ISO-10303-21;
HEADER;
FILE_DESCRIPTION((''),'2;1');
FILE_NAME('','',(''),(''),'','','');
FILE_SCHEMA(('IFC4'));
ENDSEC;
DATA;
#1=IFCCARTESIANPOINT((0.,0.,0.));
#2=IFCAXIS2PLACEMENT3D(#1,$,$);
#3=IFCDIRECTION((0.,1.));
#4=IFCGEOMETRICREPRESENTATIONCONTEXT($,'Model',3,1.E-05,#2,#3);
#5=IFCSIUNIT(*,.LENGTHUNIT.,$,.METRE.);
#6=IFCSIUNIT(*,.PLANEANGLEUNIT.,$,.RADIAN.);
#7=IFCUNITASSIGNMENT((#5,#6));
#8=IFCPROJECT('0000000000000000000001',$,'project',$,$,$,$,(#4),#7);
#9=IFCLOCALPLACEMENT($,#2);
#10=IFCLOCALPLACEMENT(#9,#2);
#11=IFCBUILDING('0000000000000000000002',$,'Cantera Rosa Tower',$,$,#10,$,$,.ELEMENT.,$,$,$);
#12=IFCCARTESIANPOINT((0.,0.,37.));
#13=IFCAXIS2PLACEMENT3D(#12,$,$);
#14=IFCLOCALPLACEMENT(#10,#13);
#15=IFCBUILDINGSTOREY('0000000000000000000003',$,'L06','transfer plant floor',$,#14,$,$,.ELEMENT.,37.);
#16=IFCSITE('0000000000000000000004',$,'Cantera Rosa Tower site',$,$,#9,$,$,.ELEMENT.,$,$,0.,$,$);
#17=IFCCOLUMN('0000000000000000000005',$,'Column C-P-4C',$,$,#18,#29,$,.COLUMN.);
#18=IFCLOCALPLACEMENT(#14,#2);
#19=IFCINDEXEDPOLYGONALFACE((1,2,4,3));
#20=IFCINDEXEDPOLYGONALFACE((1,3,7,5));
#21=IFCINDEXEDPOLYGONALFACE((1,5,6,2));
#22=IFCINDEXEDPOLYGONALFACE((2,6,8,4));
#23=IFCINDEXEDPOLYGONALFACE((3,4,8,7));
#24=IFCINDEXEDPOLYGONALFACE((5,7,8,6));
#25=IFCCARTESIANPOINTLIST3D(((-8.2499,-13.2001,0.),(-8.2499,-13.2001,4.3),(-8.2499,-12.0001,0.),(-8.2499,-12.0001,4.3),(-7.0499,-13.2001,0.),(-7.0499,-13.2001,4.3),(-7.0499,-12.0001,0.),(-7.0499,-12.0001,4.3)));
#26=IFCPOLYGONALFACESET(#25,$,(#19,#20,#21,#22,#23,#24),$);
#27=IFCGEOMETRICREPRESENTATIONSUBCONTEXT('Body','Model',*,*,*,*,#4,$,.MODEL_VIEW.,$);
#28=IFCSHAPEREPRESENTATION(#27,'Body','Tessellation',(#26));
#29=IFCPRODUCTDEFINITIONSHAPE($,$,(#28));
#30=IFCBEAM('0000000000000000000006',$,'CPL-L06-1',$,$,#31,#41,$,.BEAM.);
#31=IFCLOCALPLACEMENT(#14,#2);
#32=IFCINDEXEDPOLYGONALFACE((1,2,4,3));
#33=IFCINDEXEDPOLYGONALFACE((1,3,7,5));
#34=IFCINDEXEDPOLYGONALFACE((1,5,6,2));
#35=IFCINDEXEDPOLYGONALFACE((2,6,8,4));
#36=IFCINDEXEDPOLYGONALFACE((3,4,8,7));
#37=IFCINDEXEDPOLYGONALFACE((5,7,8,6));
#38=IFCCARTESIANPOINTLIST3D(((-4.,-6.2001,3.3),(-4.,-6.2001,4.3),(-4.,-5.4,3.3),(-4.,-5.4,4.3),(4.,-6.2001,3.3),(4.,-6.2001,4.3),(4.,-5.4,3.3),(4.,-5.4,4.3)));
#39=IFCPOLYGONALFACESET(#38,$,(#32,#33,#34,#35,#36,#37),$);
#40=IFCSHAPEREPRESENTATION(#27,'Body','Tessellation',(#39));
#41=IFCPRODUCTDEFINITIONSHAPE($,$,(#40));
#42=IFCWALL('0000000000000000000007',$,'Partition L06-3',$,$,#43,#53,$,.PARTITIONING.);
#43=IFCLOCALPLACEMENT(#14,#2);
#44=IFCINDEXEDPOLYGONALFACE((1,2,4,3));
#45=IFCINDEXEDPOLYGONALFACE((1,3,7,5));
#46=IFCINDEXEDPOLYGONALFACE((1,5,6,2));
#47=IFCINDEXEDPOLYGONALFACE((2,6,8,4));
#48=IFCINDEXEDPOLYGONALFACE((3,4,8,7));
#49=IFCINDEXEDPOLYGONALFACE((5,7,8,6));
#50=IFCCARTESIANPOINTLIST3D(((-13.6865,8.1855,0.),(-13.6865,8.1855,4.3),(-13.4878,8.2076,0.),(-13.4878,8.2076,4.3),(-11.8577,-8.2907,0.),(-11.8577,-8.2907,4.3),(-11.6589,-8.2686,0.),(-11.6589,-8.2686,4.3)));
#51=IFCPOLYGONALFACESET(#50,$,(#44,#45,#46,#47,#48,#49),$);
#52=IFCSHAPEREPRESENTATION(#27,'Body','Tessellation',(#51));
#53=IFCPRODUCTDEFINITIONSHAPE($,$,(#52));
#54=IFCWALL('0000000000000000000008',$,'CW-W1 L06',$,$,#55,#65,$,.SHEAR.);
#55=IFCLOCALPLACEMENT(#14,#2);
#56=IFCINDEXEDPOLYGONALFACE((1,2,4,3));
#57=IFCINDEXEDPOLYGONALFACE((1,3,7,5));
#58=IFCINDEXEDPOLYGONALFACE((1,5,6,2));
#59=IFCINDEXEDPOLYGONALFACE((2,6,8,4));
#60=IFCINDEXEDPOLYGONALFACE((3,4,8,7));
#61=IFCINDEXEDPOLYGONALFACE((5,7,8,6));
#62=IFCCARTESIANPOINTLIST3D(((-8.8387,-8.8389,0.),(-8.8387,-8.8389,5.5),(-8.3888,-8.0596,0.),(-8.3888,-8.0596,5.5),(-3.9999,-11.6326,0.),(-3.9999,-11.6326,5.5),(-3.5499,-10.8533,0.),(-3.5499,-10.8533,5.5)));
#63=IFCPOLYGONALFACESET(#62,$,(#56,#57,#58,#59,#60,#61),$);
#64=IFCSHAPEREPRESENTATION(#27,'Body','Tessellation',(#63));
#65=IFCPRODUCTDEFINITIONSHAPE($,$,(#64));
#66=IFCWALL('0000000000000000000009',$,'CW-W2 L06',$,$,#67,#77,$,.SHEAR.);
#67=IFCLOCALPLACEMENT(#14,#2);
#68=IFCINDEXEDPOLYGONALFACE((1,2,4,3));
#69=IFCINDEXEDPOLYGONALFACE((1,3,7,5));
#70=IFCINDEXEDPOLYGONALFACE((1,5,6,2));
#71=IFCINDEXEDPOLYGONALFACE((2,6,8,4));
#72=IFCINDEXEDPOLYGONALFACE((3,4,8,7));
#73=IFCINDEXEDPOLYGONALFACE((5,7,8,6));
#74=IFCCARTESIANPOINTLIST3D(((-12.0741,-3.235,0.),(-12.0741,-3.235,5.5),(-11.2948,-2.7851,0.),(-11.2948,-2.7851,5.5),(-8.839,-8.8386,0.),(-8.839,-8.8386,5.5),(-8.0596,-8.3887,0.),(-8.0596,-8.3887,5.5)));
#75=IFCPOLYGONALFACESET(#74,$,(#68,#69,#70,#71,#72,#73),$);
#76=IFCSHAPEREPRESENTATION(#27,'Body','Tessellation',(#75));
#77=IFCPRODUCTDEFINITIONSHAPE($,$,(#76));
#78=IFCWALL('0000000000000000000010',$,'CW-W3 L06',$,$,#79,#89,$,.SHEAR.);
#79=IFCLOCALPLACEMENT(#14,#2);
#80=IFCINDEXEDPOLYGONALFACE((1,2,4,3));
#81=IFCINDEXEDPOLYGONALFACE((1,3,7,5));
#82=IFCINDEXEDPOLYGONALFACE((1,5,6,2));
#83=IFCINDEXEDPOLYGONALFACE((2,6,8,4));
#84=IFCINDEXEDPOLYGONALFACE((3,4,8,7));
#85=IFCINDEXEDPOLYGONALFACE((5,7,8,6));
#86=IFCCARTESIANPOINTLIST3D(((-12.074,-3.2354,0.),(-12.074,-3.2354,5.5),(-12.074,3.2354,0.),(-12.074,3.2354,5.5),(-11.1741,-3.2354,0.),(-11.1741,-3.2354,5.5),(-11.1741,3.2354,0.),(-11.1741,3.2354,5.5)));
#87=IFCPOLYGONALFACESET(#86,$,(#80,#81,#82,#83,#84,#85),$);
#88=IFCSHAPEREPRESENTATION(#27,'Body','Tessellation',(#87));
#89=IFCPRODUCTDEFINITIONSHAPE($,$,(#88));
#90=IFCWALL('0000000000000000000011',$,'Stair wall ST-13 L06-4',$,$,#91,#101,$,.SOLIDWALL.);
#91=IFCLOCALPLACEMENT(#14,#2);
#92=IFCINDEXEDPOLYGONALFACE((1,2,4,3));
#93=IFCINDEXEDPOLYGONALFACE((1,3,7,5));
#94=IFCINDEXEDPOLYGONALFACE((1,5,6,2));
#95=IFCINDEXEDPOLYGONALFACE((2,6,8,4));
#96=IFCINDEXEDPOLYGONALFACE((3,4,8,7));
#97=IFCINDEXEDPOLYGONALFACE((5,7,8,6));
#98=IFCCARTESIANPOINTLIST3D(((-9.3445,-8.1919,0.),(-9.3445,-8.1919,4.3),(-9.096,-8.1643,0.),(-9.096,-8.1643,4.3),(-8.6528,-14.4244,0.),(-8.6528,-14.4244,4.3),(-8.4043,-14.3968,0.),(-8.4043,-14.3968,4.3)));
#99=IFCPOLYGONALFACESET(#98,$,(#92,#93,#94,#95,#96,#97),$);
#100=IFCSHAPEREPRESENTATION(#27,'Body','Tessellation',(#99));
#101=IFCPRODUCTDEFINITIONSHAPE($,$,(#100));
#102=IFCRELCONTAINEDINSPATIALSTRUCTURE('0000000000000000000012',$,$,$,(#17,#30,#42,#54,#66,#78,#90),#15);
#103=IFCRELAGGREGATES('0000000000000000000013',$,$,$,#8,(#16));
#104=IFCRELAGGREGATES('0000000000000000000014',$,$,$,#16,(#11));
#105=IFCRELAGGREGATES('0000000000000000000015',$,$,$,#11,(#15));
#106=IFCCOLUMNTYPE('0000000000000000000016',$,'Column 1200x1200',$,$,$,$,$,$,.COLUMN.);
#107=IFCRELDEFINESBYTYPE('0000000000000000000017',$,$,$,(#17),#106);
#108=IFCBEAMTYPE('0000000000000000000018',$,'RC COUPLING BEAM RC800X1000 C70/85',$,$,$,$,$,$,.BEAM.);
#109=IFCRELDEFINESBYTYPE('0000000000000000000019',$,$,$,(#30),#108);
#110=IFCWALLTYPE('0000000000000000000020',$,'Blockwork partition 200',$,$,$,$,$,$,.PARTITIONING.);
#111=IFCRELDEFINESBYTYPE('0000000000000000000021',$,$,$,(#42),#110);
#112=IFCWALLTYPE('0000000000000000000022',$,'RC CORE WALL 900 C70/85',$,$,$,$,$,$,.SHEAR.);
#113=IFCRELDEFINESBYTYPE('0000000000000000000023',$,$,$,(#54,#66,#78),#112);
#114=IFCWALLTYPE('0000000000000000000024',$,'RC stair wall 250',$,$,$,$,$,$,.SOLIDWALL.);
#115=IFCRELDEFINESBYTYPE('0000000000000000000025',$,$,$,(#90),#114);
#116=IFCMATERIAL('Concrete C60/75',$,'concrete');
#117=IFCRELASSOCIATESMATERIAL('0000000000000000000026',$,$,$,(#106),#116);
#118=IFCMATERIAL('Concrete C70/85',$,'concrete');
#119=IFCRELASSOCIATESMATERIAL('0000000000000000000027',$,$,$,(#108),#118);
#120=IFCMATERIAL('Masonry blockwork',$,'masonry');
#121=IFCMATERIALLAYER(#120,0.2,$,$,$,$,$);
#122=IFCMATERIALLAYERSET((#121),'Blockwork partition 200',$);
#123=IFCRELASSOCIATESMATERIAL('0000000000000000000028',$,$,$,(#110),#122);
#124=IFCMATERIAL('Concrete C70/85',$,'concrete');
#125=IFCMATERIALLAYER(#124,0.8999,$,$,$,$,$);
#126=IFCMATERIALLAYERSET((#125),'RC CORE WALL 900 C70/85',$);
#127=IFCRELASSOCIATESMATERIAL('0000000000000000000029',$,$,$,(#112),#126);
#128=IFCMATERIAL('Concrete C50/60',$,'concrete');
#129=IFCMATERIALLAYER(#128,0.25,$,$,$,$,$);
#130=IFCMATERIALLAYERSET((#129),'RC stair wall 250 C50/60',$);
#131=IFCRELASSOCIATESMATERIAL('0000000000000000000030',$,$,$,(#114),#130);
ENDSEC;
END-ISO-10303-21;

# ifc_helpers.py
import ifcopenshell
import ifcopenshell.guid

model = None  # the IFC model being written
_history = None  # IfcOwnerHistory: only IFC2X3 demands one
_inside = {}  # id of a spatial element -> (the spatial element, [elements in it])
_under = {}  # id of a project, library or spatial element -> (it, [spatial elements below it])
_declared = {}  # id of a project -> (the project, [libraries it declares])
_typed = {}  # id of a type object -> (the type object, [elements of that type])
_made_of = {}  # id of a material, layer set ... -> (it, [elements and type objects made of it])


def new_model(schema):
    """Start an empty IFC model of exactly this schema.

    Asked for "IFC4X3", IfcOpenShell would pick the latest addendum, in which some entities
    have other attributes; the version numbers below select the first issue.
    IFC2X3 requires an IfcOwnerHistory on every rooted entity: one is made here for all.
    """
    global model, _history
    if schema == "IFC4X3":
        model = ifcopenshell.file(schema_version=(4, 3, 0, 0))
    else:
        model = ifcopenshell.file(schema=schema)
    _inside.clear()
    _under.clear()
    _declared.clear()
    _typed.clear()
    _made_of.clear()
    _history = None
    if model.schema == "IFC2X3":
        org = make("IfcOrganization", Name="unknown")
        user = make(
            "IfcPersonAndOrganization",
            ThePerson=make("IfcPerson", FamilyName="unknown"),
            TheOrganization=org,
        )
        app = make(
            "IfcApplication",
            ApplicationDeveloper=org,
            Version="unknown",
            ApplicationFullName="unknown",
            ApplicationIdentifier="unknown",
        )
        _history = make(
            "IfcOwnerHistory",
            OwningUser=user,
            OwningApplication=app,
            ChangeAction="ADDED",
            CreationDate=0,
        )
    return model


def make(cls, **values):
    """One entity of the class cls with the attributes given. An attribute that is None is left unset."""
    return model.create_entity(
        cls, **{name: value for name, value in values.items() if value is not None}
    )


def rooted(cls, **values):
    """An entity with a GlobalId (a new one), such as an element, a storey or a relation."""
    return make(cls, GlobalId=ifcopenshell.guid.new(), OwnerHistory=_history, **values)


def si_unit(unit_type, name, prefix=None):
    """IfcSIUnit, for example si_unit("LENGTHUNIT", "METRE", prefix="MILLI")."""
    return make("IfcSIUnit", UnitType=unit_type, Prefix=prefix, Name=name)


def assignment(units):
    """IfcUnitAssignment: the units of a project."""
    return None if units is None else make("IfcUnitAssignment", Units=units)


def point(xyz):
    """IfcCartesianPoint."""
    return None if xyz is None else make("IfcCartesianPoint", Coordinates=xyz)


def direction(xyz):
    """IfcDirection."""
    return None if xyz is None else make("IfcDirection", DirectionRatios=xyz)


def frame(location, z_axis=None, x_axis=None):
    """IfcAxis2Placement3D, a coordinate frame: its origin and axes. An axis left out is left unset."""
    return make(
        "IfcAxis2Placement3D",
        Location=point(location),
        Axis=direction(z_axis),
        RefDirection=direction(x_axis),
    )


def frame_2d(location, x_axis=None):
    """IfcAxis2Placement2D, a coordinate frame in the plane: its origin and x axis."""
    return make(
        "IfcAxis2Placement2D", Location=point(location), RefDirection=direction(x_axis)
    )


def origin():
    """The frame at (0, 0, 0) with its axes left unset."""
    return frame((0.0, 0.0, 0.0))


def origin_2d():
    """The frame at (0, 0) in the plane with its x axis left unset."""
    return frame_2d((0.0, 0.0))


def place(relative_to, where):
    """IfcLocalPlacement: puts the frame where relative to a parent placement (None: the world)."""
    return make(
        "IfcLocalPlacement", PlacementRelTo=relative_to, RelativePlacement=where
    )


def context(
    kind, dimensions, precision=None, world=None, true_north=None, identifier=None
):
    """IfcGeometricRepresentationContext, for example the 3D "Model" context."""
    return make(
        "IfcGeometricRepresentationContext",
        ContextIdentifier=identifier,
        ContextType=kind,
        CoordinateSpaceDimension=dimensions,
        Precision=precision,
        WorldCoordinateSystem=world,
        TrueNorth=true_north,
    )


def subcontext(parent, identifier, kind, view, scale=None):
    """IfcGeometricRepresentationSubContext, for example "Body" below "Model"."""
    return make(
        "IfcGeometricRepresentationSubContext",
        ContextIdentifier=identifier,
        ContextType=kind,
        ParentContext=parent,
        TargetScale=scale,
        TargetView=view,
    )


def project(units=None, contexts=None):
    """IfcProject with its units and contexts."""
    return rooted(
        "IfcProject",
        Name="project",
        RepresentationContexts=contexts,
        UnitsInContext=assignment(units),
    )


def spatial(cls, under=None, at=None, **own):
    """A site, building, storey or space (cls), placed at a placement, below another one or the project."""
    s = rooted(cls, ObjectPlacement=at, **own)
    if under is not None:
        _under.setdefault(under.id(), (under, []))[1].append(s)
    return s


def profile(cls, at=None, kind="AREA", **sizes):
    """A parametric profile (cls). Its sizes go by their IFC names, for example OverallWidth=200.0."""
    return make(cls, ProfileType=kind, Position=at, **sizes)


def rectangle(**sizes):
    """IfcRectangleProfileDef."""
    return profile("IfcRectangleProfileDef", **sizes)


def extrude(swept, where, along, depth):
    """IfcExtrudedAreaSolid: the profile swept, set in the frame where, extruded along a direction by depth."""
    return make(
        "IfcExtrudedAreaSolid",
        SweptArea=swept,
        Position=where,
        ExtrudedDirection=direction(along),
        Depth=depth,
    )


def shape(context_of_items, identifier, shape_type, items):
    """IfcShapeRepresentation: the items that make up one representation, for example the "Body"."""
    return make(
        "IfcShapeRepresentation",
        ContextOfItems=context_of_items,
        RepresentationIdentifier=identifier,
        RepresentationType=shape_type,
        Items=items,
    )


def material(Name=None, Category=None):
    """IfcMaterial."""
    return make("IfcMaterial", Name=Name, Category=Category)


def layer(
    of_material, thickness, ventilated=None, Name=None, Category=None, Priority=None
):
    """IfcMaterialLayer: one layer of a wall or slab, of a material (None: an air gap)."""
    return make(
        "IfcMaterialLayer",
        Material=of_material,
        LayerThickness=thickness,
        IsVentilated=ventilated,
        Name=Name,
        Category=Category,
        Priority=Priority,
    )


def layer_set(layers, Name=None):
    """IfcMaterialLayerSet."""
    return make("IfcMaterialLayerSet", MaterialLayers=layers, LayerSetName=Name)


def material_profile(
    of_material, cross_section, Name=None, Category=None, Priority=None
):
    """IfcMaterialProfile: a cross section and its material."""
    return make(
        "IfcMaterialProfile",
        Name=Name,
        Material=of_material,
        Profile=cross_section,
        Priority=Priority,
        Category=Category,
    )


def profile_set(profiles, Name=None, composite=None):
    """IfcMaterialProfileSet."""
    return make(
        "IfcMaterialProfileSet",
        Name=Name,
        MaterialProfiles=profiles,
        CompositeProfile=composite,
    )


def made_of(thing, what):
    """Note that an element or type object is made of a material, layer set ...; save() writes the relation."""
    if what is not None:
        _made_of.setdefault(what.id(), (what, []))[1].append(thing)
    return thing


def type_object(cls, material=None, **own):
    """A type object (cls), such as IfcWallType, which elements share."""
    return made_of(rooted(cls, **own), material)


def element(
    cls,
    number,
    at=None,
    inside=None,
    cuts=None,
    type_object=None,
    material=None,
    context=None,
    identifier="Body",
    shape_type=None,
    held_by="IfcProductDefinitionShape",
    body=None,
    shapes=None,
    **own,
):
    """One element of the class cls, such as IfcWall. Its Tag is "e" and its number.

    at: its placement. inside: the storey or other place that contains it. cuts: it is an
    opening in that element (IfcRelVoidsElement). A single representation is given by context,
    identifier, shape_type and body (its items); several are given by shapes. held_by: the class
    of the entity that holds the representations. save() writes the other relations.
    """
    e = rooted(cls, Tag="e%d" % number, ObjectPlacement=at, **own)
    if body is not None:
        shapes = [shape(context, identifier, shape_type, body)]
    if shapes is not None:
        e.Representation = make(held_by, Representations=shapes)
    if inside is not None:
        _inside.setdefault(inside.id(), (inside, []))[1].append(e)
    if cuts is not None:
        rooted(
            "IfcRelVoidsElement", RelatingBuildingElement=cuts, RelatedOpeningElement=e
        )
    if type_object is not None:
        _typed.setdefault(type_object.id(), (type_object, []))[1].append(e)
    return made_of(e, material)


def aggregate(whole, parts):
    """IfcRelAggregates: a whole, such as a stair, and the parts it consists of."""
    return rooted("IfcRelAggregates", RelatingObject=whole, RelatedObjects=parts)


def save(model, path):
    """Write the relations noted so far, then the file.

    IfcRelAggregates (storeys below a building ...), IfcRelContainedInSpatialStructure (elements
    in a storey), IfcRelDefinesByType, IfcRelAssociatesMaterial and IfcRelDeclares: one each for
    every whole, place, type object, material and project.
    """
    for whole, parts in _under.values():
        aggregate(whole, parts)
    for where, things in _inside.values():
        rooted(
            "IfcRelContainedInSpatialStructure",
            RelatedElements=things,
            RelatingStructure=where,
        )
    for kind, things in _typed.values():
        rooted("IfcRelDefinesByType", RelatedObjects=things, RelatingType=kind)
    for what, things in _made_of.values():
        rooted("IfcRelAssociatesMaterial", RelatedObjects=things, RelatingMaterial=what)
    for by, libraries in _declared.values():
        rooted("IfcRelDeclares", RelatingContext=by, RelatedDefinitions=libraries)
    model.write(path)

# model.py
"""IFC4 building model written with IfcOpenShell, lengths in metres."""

from ifc_helpers import new_model, si_unit, direction, frame, frame_2d, origin, origin_2d, place, context, subcontext, project, spatial, rectangle, extrude, material, layer, layer_set, material_profile, profile_set, type_object, element, save


model = new_model("IFC4")

# Units and contexts
model_context = context("Model", 3, precision=1e-05, world=origin(), true_north=direction((0.0, 1.0)))
body_context = subcontext(model_context, "Body", "Model", "MODEL_VIEW")
ifc_project = project(units=[si_unit("LENGTHUNIT", "METRE"), si_unit("PLANEANGLEUNIT", "RADIAN")], contexts=[model_context])

# Site, building, storey
site_placement = place(None, origin())
site = spatial("IfcSite", under=ifc_project, at=site_placement, Name="Cantera Rosa Tower site", CompositionType="ELEMENT", RefElevation=0.0)
building_placement = place(site_placement, origin())
building = spatial("IfcBuilding", under=site, at=building_placement, Name="Cantera Rosa Tower", CompositionType="ELEMENT")
storey_placement = place(building_placement, frame((0.0, 0.0, 37.0)))
storey = spatial("IfcBuildingStorey", under=building, at=storey_placement, Name="L06", Description="transfer plant floor", CompositionType="ELEMENT", Elevation=37.0)

# Column
ifc_material_1 = material(Name="Concrete C60/75", Category="concrete")
ifc_material_profile_1 = material_profile(ifc_material_1, rectangle(XDim=1.2, YDim=1.2, at=origin_2d()), Name="Column 1200x1200")
ifc_profile_set_1 = profile_set([ifc_material_profile_1], Name="Concrete C60/75")
column_type = type_object("IfcColumnType", Name="Column 1200x1200", PredefinedType="COLUMN", material=ifc_profile_set_1)
column_placement = place(storey_placement, frame((-7.6499, -12.6001, 0.0), z_axis=(0.0, 0.0, 1.0), x_axis=(1.0, 0.0, 0.0)))
element("IfcColumn", 1, at=column_placement, inside=storey, type_object=column_type, Name="Column C-P-4C", PredefinedType="COLUMN", context=body_context, shape_type="SweptSolid", body=[
    extrude(rectangle(XDim=1.2, YDim=1.2, at=origin_2d()), origin(), (0.0, 0.0, 1.0), 4.3),
])

# Beam
ifc_material_2 = material(Name="Concrete C70/85", Category="concrete")
ifc_material_profile_2 = material_profile(ifc_material_2, rectangle(XDim=0.8, YDim=1.0, at=origin_2d()), Name="RC COUPLING BEAM RC800X1000 C70/85")
ifc_profile_set_2 = profile_set([ifc_material_profile_2], Name="Concrete C70/85")
beam_type = type_object("IfcBeamType", Name="RC COUPLING BEAM RC800X1000 C70/85", PredefinedType="BEAM", material=ifc_profile_set_2)
beam_placement = place(storey_placement, frame((-4.0, -5.8, 3.8), z_axis=(1.0, 0.0, 0.0), x_axis=(0.0, 1.0, 0.0)))
element("IfcBeam", 2, at=beam_placement, inside=storey, type_object=beam_type, Name="CPL-L06-1", PredefinedType="BEAM", context=body_context, shape_type="SweptSolid", body=[
    extrude(rectangle(XDim=0.8, YDim=1.0, at=origin_2d()), origin(), (0.0, 0.0, 1.0), 8.0),
])

# Walls
ifc_material_3 = material(Name="Masonry blockwork", Category="masonry")
ifc_layer_1 = layer(ifc_material_3, 0.2)
ifc_layer_set_1 = layer_set([ifc_layer_1], Name="Blockwork partition 200")
wall_type_1 = type_object("IfcWallType", Name="Blockwork partition 200", PredefinedType="PARTITIONING", material=ifc_layer_set_1)
wall_1_placement = place(storey_placement, frame((-11.7583, -8.2795, 0.0), z_axis=(0.0, 0.0, 1.0), x_axis=(-0.110322, 0.993896, 0.0)))
element("IfcWall", 3, at=wall_1_placement, inside=storey, type_object=wall_type_1, Name="Partition L06-3", PredefinedType="PARTITIONING", context=body_context, shape_type="SweptSolid", body=[
    extrude(rectangle(XDim=16.5774, YDim=0.2, at=frame_2d((8.2886, 0.0))), origin(), (0.0, 0.0, 1.0), 4.3),
])
ifc_material_4 = material(Name="Concrete C70/85", Category="concrete")
ifc_layer_2 = layer(ifc_material_4, 0.8999)
ifc_layer_set_2 = layer_set([ifc_layer_2], Name="RC CORE WALL 900 C70/85")
wall_type_2 = type_object("IfcWallType", Name="RC CORE WALL 900 C70/85", PredefinedType="SHEAR", material=ifc_layer_set_2)
wall_2_placement = place(storey_placement, frame((-3.7749, -11.2429, 0.0), z_axis=(0.0, 0.0, 1.0), x_axis=(-0.866027, 0.499997, 0.0)))
element("IfcWall", 4, at=wall_2_placement, inside=storey, type_object=wall_type_2, Name="CW-W1 L06", PredefinedType="SHEAR", context=body_context, shape_type="SweptSolid", body=[
    extrude(rectangle(XDim=5.5874, YDim=0.8999, at=frame_2d((2.7937, 0.0))), origin(), (0.0, 0.0, 1.0), 5.5),
])
wall_3_placement = place(storey_placement, frame((-8.4492, -8.6138, 0.0), z_axis=(0.0, 0.0, 1.0), x_axis=(-0.49999, 0.866031, 0.0)))
element("IfcWall", 5, at=wall_3_placement, inside=storey, type_object=wall_type_2, Name="CW-W2 L06", PredefinedType="SHEAR", context=body_context, shape_type="SweptSolid", body=[
    extrude(rectangle(XDim=6.4705, YDim=0.8999, at=frame_2d((3.2354, 0.0))), origin(), (0.0, 0.0, 1.0), 5.5),
])
wall_4_placement = place(storey_placement, frame((-11.624, -3.2354, 0.0), z_axis=(0.0, 0.0, 1.0), x_axis=(0.0, 1.0, 0.0)))
element("IfcWall", 6, at=wall_4_placement, inside=storey, type_object=wall_type_2, Name="CW-W3 L06", PredefinedType="SHEAR", context=body_context, shape_type="SweptSolid", body=[
    extrude(rectangle(XDim=6.4707, YDim=0.8999, at=frame_2d((3.2354, 0.0))), origin(), (0.0, 0.0, 1.0), 5.5),
])
ifc_material_5 = material(Name="Concrete C50/60", Category="concrete")
ifc_layer_3 = layer(ifc_material_5, 0.25)
ifc_layer_set_3 = layer_set([ifc_layer_3], Name="RC stair wall 250 C50/60")
wall_type_3 = type_object("IfcWallType", Name="RC stair wall 250", PredefinedType="SOLIDWALL", material=ifc_layer_set_3)
wall_5_placement = place(storey_placement, frame((-9.2202, -8.1782, 0.0), z_axis=(0.0, 0.0, 1.0), x_axis=(0.110299, -0.993898, 0.0)))
element("IfcWall", 7, at=wall_5_placement, inside=storey, type_object=wall_type_3, Name="Stair wall ST-13 L06-4", PredefinedType="SOLIDWALL", context=body_context, shape_type="SweptSolid", body=[
    extrude(rectangle(XDim=6.2708, YDim=0.25, at=frame_2d((3.1353, 0.0))), origin(), (0.0, 0.0, 1.0), 4.3),
])

save(model, "model.ifc")
